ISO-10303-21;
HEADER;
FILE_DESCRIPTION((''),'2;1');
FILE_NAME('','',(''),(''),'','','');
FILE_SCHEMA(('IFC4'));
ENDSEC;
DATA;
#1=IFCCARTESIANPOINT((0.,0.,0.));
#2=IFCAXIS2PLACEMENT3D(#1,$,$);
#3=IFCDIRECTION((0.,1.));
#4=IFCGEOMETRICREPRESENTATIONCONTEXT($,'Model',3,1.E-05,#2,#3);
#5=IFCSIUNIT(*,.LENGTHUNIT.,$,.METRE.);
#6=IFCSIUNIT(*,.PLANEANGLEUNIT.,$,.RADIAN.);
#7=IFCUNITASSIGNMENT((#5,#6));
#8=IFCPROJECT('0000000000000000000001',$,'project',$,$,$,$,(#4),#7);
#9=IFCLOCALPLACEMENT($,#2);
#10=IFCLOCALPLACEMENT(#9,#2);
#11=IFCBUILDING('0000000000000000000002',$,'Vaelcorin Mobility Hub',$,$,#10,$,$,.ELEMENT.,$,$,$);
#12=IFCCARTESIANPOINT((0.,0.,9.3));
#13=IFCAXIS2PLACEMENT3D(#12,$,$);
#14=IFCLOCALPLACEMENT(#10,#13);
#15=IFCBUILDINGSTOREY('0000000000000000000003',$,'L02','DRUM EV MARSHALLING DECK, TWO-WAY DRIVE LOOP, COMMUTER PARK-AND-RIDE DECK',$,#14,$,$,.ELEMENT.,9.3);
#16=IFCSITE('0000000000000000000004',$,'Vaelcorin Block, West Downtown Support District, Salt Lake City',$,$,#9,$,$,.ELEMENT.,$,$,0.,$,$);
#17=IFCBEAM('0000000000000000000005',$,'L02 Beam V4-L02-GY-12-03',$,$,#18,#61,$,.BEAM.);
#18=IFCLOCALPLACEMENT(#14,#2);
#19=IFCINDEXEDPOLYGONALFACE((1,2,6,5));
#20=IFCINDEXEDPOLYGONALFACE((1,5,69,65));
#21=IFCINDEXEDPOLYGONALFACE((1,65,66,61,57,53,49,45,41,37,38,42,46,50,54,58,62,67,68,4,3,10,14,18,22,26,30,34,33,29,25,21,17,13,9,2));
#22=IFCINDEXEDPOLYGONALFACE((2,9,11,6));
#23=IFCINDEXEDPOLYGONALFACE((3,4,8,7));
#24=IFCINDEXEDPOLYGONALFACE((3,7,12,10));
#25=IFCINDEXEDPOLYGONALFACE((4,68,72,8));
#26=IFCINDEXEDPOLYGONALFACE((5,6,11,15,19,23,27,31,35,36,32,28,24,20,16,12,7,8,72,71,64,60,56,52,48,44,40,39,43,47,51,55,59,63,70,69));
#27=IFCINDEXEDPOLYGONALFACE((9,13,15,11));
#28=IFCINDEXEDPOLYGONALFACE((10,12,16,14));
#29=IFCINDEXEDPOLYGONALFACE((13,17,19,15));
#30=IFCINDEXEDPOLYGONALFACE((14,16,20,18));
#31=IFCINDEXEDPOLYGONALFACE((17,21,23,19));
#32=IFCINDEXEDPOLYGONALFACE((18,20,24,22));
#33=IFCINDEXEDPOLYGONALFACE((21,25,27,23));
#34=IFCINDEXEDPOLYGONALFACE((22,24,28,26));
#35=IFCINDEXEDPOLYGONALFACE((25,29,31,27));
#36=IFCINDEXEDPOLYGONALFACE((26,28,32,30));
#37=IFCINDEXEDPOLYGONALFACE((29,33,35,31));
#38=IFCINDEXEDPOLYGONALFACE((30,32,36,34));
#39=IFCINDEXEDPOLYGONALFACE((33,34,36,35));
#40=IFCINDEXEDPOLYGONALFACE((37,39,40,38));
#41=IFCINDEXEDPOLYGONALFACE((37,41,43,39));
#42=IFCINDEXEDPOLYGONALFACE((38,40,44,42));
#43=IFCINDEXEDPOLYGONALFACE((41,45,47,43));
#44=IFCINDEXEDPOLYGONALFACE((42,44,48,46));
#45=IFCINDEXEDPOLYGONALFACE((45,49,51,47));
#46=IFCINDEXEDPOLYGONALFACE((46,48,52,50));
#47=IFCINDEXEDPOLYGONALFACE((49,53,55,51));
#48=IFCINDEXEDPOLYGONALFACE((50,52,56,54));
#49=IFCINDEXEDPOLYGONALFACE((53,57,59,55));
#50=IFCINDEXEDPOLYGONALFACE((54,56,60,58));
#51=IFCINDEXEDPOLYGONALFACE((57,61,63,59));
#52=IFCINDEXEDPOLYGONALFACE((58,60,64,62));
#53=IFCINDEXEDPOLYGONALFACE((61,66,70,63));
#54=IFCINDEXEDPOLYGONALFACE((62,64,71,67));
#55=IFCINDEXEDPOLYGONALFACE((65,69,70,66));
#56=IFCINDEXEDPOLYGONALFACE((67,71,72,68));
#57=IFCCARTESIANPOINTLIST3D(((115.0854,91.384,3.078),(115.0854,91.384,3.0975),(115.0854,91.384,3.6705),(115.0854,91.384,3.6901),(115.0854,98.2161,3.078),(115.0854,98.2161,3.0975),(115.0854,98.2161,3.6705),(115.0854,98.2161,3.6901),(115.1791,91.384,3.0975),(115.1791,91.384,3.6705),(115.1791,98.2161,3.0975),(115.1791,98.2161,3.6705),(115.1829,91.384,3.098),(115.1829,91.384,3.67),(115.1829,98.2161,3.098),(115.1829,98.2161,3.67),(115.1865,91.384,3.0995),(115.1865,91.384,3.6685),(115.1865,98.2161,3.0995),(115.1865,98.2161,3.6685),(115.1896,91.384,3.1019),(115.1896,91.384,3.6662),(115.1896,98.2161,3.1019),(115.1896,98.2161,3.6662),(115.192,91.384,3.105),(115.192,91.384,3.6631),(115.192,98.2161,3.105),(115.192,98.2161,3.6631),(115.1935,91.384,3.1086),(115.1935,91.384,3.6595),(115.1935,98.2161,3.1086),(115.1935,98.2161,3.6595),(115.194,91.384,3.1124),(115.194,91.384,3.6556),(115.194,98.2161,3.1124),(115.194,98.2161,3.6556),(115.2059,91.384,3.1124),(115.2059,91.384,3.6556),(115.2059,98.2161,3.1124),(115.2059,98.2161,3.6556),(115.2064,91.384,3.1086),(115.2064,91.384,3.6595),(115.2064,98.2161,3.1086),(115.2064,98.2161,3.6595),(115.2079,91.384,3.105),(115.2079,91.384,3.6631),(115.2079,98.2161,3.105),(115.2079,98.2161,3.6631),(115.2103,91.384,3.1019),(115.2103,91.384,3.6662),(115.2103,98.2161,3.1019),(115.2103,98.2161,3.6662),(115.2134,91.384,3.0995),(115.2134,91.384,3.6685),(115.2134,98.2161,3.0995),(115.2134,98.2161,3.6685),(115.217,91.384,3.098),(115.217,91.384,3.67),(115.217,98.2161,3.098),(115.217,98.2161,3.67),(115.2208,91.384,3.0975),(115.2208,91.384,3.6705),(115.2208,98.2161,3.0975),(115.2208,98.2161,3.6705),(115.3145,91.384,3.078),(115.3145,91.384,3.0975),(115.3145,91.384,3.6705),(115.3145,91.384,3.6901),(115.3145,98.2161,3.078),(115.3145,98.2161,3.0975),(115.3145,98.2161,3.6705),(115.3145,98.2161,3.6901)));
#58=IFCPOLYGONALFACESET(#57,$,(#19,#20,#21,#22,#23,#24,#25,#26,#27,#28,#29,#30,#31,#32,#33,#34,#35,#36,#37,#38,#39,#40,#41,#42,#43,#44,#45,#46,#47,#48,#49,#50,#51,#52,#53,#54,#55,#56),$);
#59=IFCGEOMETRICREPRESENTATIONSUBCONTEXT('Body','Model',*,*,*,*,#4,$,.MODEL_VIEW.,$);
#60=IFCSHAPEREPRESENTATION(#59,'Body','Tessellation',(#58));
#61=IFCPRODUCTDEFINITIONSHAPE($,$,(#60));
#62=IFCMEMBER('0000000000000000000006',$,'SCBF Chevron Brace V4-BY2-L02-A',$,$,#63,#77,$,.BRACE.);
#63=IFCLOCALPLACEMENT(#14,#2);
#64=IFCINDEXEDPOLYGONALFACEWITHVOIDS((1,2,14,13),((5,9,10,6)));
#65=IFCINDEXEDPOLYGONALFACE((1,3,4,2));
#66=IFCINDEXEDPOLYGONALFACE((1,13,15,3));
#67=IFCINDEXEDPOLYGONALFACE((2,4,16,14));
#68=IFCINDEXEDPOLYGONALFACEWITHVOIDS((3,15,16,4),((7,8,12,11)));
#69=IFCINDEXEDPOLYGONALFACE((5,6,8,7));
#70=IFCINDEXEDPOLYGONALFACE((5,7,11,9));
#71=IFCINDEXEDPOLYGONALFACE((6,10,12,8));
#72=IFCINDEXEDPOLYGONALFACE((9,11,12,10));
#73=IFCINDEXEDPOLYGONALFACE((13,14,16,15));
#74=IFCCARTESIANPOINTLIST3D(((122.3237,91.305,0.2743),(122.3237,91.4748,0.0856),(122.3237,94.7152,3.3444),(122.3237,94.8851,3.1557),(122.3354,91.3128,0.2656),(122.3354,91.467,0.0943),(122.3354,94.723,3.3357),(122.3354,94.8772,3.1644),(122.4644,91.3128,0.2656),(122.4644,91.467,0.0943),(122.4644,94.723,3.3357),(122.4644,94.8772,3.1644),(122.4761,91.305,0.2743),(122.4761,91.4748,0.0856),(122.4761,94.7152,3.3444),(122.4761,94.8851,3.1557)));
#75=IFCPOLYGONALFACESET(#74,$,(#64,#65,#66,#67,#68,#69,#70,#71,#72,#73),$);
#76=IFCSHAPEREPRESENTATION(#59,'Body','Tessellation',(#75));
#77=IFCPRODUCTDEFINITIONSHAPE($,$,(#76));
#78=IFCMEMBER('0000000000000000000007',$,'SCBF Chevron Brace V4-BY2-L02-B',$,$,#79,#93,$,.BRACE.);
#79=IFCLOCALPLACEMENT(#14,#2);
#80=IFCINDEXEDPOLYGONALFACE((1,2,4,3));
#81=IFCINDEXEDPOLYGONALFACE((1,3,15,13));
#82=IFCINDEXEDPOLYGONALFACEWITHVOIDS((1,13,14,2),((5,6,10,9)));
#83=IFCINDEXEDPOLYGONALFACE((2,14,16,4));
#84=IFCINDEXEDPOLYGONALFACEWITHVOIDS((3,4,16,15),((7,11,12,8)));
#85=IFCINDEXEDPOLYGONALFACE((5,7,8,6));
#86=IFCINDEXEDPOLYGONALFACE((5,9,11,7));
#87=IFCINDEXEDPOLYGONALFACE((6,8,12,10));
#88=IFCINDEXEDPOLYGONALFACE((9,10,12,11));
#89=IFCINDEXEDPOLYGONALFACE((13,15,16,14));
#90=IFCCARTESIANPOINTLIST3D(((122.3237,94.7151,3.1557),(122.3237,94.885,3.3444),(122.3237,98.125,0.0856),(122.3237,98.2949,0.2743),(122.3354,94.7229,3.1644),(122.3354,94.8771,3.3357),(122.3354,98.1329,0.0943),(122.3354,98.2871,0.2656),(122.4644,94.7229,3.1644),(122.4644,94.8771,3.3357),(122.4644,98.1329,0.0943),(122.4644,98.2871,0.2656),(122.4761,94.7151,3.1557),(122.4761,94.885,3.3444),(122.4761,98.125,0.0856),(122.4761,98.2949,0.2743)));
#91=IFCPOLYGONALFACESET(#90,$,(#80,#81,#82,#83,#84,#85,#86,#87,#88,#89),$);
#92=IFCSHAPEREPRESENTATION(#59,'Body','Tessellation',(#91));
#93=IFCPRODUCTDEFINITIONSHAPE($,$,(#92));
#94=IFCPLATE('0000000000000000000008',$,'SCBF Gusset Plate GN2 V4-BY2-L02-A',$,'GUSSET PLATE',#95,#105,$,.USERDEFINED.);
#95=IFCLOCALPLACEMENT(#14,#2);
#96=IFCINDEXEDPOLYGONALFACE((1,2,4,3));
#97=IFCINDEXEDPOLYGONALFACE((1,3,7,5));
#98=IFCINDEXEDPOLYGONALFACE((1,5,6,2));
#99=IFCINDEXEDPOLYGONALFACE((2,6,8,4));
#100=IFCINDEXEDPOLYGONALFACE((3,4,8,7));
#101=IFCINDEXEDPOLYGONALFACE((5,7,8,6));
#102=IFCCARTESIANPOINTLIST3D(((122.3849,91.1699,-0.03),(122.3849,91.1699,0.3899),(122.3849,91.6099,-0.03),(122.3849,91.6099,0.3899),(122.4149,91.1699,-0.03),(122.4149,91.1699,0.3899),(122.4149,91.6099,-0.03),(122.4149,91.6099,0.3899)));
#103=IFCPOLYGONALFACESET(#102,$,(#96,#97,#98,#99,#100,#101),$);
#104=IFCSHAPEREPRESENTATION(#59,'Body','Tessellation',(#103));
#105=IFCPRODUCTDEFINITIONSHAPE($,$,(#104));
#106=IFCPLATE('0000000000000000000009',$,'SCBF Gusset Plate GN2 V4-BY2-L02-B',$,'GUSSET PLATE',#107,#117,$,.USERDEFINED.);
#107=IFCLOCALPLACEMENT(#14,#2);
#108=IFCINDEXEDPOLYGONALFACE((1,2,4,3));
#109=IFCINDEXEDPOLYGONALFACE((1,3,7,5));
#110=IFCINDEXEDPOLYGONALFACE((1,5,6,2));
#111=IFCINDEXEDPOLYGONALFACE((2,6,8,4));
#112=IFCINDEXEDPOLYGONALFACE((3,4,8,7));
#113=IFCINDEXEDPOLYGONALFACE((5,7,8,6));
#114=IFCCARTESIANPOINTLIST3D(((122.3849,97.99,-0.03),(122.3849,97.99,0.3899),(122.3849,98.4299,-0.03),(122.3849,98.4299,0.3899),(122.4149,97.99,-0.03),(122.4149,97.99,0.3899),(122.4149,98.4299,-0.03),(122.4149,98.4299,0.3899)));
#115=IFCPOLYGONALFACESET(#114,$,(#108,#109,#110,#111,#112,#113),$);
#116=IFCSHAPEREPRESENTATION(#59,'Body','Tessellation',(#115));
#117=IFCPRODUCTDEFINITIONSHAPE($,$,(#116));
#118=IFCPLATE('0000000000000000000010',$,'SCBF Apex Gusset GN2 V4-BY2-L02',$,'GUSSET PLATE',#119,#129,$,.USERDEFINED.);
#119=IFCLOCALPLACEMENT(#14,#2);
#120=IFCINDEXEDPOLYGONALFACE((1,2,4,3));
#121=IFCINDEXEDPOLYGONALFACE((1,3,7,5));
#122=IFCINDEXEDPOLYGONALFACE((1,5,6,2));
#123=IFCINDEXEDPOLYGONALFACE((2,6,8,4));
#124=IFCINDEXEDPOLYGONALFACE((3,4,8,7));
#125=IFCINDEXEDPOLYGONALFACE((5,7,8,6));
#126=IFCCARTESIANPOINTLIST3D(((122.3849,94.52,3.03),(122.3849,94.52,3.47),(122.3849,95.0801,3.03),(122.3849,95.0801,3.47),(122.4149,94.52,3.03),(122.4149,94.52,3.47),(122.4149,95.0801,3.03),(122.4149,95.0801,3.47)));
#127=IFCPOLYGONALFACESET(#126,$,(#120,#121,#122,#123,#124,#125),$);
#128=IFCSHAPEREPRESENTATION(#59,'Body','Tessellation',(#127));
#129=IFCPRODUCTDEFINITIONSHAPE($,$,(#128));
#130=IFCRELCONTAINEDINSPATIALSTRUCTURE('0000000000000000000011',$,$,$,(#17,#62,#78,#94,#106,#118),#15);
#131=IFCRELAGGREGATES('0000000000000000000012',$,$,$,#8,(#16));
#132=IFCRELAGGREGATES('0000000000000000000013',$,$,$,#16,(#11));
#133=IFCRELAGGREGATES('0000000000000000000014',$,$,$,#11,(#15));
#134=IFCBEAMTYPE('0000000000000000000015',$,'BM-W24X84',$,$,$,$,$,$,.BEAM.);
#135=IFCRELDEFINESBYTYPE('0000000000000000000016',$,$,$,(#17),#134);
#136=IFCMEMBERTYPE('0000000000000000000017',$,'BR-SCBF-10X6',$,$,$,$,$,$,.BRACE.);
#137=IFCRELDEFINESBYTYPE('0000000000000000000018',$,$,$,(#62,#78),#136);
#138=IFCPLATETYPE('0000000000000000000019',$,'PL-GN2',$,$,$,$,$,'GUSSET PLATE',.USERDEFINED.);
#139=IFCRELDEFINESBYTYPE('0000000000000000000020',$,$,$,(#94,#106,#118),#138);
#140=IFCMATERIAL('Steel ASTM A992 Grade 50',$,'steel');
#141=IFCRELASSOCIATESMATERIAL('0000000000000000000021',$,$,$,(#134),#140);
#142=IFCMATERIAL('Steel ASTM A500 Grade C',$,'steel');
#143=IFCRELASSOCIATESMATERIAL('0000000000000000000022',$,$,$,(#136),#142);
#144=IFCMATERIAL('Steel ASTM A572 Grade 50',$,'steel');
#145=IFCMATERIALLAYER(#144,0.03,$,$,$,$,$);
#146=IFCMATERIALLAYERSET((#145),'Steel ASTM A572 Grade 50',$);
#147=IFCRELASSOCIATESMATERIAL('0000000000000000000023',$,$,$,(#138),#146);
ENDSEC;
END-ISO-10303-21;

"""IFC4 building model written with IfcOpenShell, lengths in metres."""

from ifc_helpers import new_model, si_unit, direction, frame, origin, origin_2d, place, context, subcontext, project, spatial, rectangle, hollow_rectangle, i_section, extrude, material, layer, layer_set, material_profile, profile_set, type_object, element, save


model = new_model("IFC4")

# Units and contexts
model_context = context("Model", 3, precision=1e-05, world=origin(), true_north=direction((0.0, 1.0)))
body_context = subcontext(model_context, "Body", "Model", "MODEL_VIEW")
ifc_project = project(units=[si_unit("LENGTHUNIT", "METRE"), si_unit("PLANEANGLEUNIT", "RADIAN")], contexts=[model_context])

# Site, building, storey
site_placement = place(None, origin())
site = spatial("IfcSite", under=ifc_project, at=site_placement, Name="Vaelcorin Block, West Downtown Support District, Salt Lake City", CompositionType="ELEMENT", RefElevation=0.0)
building_placement = place(site_placement, origin())
building = spatial("IfcBuilding", under=site, at=building_placement, Name="Vaelcorin Mobility Hub", CompositionType="ELEMENT")
storey_placement = place(building_placement, frame((0.0, 0.0, 9.3)))
storey = spatial("IfcBuildingStorey", under=building, at=storey_placement, Name="L02", Description="DRUM EV MARSHALLING DECK, TWO-WAY DRIVE LOOP, COMMUTER PARK-AND-RIDE DECK", CompositionType="ELEMENT", Elevation=9.3)

# Shared definitions
ifc_material_1 = material(Name="Steel ASTM A992 Grade 50", Category="steel")

# Beam
ifc_material_profile_1 = material_profile(ifc_material_1, i_section(OverallWidth=0.229, OverallDepth=0.6121, WebThickness=0.012, FlangeThickness=0.0195, FilletRadius=0.0149, at=origin_2d()), Name="W24X84")
ifc_profile_set_1 = profile_set([ifc_material_profile_1], Name="Steel ASTM A992 Grade 50")
beam_type_1 = type_object("IfcBeamType", Name="BM-W24X84", PredefinedType="BEAM", material=ifc_profile_set_1)
beam_1_placement = place(storey_placement, frame((115.2, 91.384, 3.384), z_axis=(0.0, 1.0, 0.0), x_axis=(-1.0, 0.0, 0.0)))
element("IfcBeam", 1, at=beam_1_placement, inside=storey, type_object=beam_type_1, Name="L02 Beam V4-L02-GY-12-03", PredefinedType="BEAM", context=body_context, shape_type="SweptSolid", body=[
    extrude(i_section(OverallWidth=0.229, OverallDepth=0.6121, WebThickness=0.012, FlangeThickness=0.0195, FilletRadius=0.0149, at=origin_2d()), origin(), (0.0, 0.0, 1.0), 6.832),
])

# Members
ifc_material_2 = material(Name="Steel ASTM A500 Grade C", Category="steel")
ifc_material_profile_2 = material_profile(ifc_material_2, hollow_rectangle(XDim=0.1523, YDim=0.2539, WallThickness=0.0117, at=origin_2d()), Name="HSS10X6X0.500")
ifc_profile_set_2 = profile_set([ifc_material_profile_2], Name="Steel ASTM A500 Grade C")
member_type = type_object("IfcMemberType", Name="BR-SCBF-10X6", PredefinedType="BRACE", material=ifc_profile_set_2)
member_1_placement = place(storey_placement, frame((122.3999, 91.3899, 0.1799), z_axis=(0.0, 0.743194, 0.669076), x_axis=(-1.0, 0.0, 0.0)))
element("IfcMember", 2, at=member_1_placement, inside=storey, type_object=member_type, Name="SCBF Chevron Brace V4-BY2-L02-A", PredefinedType="BRACE", context=body_context, shape_type="SweptSolid", body=[
    extrude(hollow_rectangle(XDim=0.1523, YDim=0.2539, WallThickness=0.0117, at=origin_2d()), origin(), (0.0, 0.0, 1.0), 4.5886),
])
member_2_placement = place(storey_placement, frame((122.3999, 98.21, 0.1799), z_axis=(0.0, -0.74317, 0.669103), x_axis=(1.0, 0.0, 0.0)))
element("IfcMember", 3, at=member_2_placement, inside=storey, type_object=member_type, Name="SCBF Chevron Brace V4-BY2-L02-B", PredefinedType="BRACE", context=body_context, shape_type="SweptSolid", body=[
    extrude(hollow_rectangle(XDim=0.1523, YDim=0.2539, WallThickness=0.0117, at=origin_2d()), origin(), (0.0, 0.0, 1.0), 4.5884),
])

# Plates
ifc_material_3 = material(Name="Steel ASTM A572 Grade 50", Category="steel")
ifc_layer = layer(ifc_material_3, 0.03)
ifc_layer_set = layer_set([ifc_layer], Name="Steel ASTM A572 Grade 50")
plate_type = type_object("IfcPlateType", Name="PL-GN2", ElementType="GUSSET PLATE", PredefinedType="USERDEFINED", material=ifc_layer_set)
for number, where, z_axis, x_axis, name in (
    (4, (122.3999, 91.3899, -0.03), (0.0, 0.0, 1.0), (0.0, 1.0, 0.0), "SCBF Gusset Plate GN2 V4-BY2-L02-A"),
    (5, (122.3999, 98.21, -0.03), (0.0, 0.0, 1.0), (0.0, 1.0, 0.0), "SCBF Gusset Plate GN2 V4-BY2-L02-B"),
):
    element("IfcPlate", number, at=place(storey_placement, frame(where, z_axis=z_axis, x_axis=x_axis)), inside=storey, type_object=plate_type, Name=name, ObjectType="GUSSET PLATE", PredefinedType="USERDEFINED", context=body_context, shape_type="SweptSolid", body=[
        extrude(rectangle(XDim=0.4399, YDim=0.03, at=origin_2d()), origin(), (0.0, 0.0, 1.0), 0.4199),
    ])
plate_placement = place(storey_placement, frame((122.3999, 94.8, 3.03), z_axis=(0.0, 0.0, 1.0), x_axis=(0.0, 1.0, 0.0)))
element("IfcPlate", 6, at=plate_placement, inside=storey, type_object=plate_type, Name="SCBF Apex Gusset GN2 V4-BY2-L02", ObjectType="GUSSET PLATE", PredefinedType="USERDEFINED", context=body_context, shape_type="SweptSolid", body=[
    extrude(rectangle(XDim=0.5601, YDim=0.03, at=origin_2d()), origin(), (0.0, 0.0, 1.0), 0.4399),
])

save(model, "model.ifc")
